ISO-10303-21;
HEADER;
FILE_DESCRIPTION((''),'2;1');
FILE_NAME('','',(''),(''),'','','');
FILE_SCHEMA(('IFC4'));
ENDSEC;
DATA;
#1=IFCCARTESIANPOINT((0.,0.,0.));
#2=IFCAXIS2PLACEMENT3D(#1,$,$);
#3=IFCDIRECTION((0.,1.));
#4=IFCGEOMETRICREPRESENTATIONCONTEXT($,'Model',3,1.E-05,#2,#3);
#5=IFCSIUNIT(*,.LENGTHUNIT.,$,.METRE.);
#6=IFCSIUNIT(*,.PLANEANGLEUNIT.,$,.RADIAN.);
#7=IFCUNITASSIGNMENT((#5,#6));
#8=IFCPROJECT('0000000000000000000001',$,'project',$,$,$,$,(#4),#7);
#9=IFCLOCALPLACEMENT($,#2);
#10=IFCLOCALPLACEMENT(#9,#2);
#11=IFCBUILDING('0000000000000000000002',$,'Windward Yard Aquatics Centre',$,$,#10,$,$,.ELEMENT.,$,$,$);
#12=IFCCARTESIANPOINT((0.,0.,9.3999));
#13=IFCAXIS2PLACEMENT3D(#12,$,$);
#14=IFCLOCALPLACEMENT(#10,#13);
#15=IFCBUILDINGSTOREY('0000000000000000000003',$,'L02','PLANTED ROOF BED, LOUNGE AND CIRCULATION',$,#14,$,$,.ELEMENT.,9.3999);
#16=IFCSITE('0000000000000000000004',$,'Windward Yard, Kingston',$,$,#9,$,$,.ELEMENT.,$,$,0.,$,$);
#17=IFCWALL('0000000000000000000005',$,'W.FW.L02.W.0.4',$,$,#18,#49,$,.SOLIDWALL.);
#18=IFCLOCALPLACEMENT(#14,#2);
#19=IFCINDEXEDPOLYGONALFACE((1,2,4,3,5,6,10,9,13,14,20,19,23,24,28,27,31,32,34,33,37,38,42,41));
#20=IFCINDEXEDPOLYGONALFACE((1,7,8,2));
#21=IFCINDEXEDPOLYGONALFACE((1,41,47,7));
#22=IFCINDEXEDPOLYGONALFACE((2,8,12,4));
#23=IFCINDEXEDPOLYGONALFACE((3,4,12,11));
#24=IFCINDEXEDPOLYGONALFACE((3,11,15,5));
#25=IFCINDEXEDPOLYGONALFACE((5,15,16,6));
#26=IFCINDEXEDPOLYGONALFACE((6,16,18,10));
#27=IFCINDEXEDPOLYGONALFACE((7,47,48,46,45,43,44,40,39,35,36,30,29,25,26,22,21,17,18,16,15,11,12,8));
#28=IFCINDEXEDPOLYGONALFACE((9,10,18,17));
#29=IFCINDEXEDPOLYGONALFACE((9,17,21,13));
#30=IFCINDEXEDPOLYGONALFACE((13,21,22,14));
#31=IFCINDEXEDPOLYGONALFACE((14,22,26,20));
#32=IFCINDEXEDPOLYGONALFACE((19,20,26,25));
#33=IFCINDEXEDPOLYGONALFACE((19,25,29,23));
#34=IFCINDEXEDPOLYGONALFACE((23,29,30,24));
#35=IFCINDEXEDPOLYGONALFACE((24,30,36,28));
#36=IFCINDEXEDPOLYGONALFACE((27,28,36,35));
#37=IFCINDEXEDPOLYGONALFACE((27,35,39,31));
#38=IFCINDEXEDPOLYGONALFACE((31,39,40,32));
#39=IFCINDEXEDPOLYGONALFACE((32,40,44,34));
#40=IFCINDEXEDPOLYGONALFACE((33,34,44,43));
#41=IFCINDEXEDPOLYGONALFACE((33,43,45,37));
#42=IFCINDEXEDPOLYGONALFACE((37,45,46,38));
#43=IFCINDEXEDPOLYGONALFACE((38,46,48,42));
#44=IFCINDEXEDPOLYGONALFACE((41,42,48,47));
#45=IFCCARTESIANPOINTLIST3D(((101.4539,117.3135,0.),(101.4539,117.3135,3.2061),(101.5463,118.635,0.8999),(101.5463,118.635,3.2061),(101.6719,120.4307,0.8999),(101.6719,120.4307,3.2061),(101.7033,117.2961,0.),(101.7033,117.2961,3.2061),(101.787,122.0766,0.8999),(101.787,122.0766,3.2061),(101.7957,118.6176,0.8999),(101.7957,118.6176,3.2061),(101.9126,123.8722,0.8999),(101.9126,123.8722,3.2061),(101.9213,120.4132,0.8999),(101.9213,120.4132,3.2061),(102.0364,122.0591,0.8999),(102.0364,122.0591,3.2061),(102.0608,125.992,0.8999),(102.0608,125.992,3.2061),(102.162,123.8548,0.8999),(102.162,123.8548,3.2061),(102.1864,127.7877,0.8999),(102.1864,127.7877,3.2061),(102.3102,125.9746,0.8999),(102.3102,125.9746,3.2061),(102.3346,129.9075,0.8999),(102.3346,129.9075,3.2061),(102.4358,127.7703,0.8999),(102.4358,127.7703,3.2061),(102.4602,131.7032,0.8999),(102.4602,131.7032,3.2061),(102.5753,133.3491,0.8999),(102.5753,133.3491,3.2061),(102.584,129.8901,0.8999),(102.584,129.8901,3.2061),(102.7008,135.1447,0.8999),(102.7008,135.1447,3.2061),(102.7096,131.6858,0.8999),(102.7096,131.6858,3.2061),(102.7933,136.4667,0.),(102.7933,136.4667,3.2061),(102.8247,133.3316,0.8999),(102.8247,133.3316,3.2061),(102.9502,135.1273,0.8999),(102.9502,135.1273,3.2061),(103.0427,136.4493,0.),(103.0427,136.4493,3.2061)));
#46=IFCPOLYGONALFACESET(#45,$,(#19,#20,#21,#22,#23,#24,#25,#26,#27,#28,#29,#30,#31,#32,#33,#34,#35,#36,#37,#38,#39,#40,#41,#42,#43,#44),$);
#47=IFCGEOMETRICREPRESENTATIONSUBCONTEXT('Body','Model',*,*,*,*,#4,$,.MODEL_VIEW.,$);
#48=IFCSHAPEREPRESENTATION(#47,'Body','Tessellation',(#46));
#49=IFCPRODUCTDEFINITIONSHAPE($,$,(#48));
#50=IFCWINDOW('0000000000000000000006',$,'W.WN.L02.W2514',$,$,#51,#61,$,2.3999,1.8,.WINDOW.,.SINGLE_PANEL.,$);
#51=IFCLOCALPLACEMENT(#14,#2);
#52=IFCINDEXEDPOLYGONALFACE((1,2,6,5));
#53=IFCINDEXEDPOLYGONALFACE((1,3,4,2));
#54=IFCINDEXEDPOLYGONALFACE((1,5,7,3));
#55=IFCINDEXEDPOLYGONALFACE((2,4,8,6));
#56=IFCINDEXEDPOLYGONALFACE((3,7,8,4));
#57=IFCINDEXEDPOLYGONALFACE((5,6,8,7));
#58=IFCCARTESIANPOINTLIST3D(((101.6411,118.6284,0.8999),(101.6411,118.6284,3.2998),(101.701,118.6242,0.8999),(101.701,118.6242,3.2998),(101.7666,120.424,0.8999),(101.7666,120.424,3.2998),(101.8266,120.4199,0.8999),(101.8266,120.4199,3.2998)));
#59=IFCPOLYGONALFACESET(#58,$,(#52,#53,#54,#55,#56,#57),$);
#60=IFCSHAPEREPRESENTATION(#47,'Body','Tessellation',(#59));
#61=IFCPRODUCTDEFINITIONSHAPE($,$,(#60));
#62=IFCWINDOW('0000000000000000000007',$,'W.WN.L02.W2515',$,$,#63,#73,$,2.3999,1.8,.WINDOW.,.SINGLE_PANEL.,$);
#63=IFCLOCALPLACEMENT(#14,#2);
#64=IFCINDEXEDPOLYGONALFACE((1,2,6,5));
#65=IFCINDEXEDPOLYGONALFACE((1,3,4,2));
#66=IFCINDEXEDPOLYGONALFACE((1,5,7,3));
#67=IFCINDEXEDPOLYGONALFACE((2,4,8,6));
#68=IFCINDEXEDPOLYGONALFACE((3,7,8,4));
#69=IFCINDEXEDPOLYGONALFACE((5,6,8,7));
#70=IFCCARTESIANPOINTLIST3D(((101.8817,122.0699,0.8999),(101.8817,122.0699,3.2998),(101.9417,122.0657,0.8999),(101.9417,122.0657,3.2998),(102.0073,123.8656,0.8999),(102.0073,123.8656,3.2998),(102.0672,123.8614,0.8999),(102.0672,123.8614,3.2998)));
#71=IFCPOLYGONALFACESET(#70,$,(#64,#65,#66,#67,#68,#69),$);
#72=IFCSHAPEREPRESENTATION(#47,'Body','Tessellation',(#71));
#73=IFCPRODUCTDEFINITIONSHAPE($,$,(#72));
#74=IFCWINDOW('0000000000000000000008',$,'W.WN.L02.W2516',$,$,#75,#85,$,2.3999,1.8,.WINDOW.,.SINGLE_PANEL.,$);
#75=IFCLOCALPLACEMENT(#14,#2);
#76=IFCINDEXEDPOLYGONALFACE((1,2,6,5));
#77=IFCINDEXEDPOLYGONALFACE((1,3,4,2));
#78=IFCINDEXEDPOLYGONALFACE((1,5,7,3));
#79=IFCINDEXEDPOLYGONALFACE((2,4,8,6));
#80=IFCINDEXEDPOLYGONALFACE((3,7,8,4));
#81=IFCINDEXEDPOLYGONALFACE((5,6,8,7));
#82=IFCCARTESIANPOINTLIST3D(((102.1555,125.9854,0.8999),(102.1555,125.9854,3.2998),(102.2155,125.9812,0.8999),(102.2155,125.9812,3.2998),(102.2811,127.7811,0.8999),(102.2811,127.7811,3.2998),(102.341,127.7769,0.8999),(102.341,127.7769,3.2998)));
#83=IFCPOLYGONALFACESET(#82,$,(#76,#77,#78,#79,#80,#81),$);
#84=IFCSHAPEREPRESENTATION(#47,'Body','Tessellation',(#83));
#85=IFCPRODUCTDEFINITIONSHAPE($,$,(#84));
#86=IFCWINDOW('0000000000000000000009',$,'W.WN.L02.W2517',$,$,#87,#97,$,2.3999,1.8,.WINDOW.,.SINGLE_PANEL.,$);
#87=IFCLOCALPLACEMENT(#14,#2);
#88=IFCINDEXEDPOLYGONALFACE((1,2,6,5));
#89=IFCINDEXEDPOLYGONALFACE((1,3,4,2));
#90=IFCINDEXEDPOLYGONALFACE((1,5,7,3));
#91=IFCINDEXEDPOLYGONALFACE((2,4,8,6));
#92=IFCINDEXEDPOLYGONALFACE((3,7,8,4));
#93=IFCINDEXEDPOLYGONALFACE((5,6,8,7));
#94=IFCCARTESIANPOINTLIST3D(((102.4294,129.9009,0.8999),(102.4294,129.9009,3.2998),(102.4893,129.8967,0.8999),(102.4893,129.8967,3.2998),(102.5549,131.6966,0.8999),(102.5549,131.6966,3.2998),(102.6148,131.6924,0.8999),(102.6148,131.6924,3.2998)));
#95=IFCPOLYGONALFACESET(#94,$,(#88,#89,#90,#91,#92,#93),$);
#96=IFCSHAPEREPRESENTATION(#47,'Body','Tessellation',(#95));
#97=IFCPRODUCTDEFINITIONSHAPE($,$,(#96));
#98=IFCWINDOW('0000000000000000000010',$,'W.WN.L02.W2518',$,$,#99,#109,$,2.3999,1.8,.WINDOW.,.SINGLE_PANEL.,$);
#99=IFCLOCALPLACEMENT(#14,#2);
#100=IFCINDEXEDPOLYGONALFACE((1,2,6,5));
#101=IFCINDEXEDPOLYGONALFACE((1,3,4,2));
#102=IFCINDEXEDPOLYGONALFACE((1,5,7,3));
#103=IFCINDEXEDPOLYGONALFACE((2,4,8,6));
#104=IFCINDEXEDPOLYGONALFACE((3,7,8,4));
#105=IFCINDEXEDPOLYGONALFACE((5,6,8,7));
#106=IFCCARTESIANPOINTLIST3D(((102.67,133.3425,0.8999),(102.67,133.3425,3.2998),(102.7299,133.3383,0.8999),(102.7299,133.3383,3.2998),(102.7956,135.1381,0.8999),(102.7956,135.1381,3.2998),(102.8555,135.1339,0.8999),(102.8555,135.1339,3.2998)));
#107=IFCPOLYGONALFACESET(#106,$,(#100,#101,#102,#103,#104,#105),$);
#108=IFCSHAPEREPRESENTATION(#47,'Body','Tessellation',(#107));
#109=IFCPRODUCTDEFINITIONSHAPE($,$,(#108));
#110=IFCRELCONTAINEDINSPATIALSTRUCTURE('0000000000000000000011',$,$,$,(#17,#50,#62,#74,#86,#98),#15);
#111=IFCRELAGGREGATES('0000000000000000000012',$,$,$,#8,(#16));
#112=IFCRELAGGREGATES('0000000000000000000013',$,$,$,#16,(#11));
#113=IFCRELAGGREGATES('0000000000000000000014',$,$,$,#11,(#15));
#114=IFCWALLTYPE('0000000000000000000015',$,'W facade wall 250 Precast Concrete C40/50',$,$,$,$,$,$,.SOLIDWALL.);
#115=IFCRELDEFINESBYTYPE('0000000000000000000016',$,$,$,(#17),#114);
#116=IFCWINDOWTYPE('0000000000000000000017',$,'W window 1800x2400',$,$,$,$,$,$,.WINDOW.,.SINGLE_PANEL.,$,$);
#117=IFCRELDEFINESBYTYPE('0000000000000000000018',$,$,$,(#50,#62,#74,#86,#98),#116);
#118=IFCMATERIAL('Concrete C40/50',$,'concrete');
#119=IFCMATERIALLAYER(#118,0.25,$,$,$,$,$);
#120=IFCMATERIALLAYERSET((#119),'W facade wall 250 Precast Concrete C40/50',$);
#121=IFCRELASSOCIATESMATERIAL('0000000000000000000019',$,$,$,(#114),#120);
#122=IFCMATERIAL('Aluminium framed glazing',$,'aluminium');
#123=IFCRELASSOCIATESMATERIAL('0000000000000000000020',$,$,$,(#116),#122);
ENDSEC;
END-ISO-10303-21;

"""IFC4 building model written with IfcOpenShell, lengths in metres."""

from ifc_helpers import new_model, si_unit, direction, frame, frame_2d, origin, place, context, subcontext, project, spatial, rectangle, extrude, material, layer, layer_set, type_object, element, fill, save


model = new_model("IFC4")

# Units and contexts
model_context = context("Model", 3, precision=1e-05, world=origin(), true_north=direction((0.0, 1.0)))
body_context = subcontext(model_context, "Body", "Model", "MODEL_VIEW")
ifc_project = project(units=[si_unit("LENGTHUNIT", "METRE"), si_unit("PLANEANGLEUNIT", "RADIAN")], contexts=[model_context])

# Site, building, storey
site_placement = place(None, origin())
site = spatial("IfcSite", under=ifc_project, at=site_placement, Name="Windward Yard, Kingston", CompositionType="ELEMENT", RefElevation=0.0)
building_placement = place(site_placement, origin())
building = spatial("IfcBuilding", under=site, at=building_placement, Name="Windward Yard Aquatics Centre", CompositionType="ELEMENT")
storey_placement = place(building_placement, frame((0.0, 0.0, 9.3999)))
storey = spatial("IfcBuildingStorey", under=building, at=storey_placement, Name="L02", Description="PLANTED ROOF BED, LOUNGE AND CIRCULATION", CompositionType="ELEMENT", Elevation=9.3999)

# Shared definitions
ifc_material_1 = material(Name="Concrete C40/50", Category="concrete")

# Shared definitions
ifc_layer_1 = layer(ifc_material_1, 0.25)
ifc_layer_set_1 = layer_set([ifc_layer_1], Name="W facade wall 250 Precast Concrete C40/50")
wall_type_1 = type_object("IfcWallType", Name="W facade wall 250 Precast Concrete C40/50", PredefinedType="SOLIDWALL", material=ifc_layer_set_1)

# Wall, openings, windows
wall_1_placement = place(storey_placement, frame((101.5786, 117.3047, 0.0), z_axis=(0.0, 0.0, 1.0), x_axis=(0.069759, 0.997564, 0.0)))
wall_1 = element("IfcWall", 1, at=wall_1_placement, inside=storey, type_object=wall_type_1, Name="W.FW.L02.W.0.4", PredefinedType="SOLIDWALL", context=body_context, shape_type="SweptSolid", body=[
    extrude(rectangle(XDim=19.2, YDim=0.25, at=frame_2d((9.6001, 0.0))), origin(), (0.0, 0.0, 1.0), 3.2061),
])
opening_1_placement = place(wall_1_placement, frame((1.325, 0.0, 0.8999)))
opening_1 = element("IfcOpeningElement", 2, at=opening_1_placement, cuts=wall_1, PredefinedType="OPENING", context=body_context, shape_type="SweptSolid", body=[
    extrude(rectangle(XDim=1.8, YDim=2.3999, at=frame_2d((0.8999, 1.2))), frame((0.0, 0.135, 0.0), z_axis=(0.0, -1.0, 0.0), x_axis=(1.0, 0.0, 0.0)), (0.0, 0.0, 1.0), 0.27),
])
opening_2_placement = place(wall_1_placement, frame((4.7749, 0.0, 0.8999)))
opening_2 = element("IfcOpeningElement", 3, at=opening_2_placement, cuts=wall_1, PredefinedType="OPENING", context=body_context, shape_type="SweptSolid", body=[
    extrude(rectangle(XDim=1.8, YDim=2.3999, at=frame_2d((0.8999, 1.2))), frame((0.0, 0.135, 0.0), z_axis=(0.0, -1.0, 0.0), x_axis=(1.0, 0.0, 0.0)), (0.0, 0.0, 1.0), 0.27),
])
opening_3_placement = place(wall_1_placement, frame((8.7, 0.0, 0.8999)))
opening_3 = element("IfcOpeningElement", 4, at=opening_3_placement, cuts=wall_1, PredefinedType="OPENING", context=body_context, shape_type="SweptSolid", body=[
    extrude(rectangle(XDim=1.8, YDim=2.3999, at=frame_2d((0.8999, 1.2))), frame((0.0, 0.135, 0.0), z_axis=(0.0, -1.0, 0.0), x_axis=(1.0, 0.0, 0.0)), (0.0, 0.0, 1.0), 0.27),
])
opening_4_placement = place(wall_1_placement, frame((12.625, 0.0, 0.8999)))
opening_4 = element("IfcOpeningElement", 5, at=opening_4_placement, cuts=wall_1, PredefinedType="OPENING", context=body_context, shape_type="SweptSolid", body=[
    extrude(rectangle(XDim=1.8, YDim=2.3999, at=frame_2d((0.8999, 1.2))), frame((0.0, 0.135, 0.0), z_axis=(0.0, -1.0, 0.0), x_axis=(1.0, 0.0, 0.0)), (0.0, 0.0, 1.0), 0.27),
])
opening_5_placement = place(wall_1_placement, frame((16.075, 0.0, 0.8999)))
opening_5 = element("IfcOpeningElement", 6, at=opening_5_placement, cuts=wall_1, PredefinedType="OPENING", context=body_context, shape_type="SweptSolid", body=[
    extrude(rectangle(XDim=1.8, YDim=2.3999, at=frame_2d((0.8999, 1.2))), frame((0.0, 0.135, 0.0), z_axis=(0.0, -1.0, 0.0), x_axis=(1.0, 0.0, 0.0)), (0.0, 0.0, 1.0), 0.27),
])
ifc_material_2 = material(Name="Aluminium framed glazing", Category="aluminium")
window_type = type_object("IfcWindowType", Name="W window 1800x2400", PartitioningType="SINGLE_PANEL", PredefinedType="WINDOW", material=ifc_material_2)
window_1_placement = place(opening_1_placement, origin())
window_1 = element("IfcWindow", 7, at=window_1_placement, inside=storey, type_object=window_type, Name="W.WN.L02.W2514", OverallHeight=2.3999, OverallWidth=1.8, PartitioningType="SINGLE_PANEL", PredefinedType="WINDOW", context=body_context, shape_type="SweptSolid", body=[
    extrude(rectangle(XDim=1.8, YDim=2.3999, at=frame_2d((0.8999, 1.2))), frame((0.0, 0.03, 0.0), z_axis=(0.0, -1.0, 0.0), x_axis=(1.0, 0.0, 0.0)), (0.0, 0.0, 1.0), 0.0601),
])
fill(opening_1, window_1)
window_2_placement = place(opening_2_placement, origin())
window_2 = element("IfcWindow", 8, at=window_2_placement, inside=storey, type_object=window_type, Name="W.WN.L02.W2515", OverallHeight=2.3999, OverallWidth=1.8, PartitioningType="SINGLE_PANEL", PredefinedType="WINDOW", context=body_context, shape_type="SweptSolid", body=[
    extrude(rectangle(XDim=1.8, YDim=2.3999, at=frame_2d((0.8999, 1.2))), frame((0.0, 0.03, 0.0), z_axis=(0.0, -1.0, 0.0), x_axis=(1.0, 0.0, 0.0)), (0.0, 0.0, 1.0), 0.0601),
])
fill(opening_2, window_2)
window_3_placement = place(opening_3_placement, origin())
window_3 = element("IfcWindow", 9, at=window_3_placement, inside=storey, type_object=window_type, Name="W.WN.L02.W2516", OverallHeight=2.3999, OverallWidth=1.8, PartitioningType="SINGLE_PANEL", PredefinedType="WINDOW", context=body_context, shape_type="SweptSolid", body=[
    extrude(rectangle(XDim=1.8, YDim=2.3999, at=frame_2d((0.8999, 1.2))), frame((0.0, 0.03, 0.0), z_axis=(0.0, -1.0, 0.0), x_axis=(1.0, 0.0, 0.0)), (0.0, 0.0, 1.0), 0.0601),
])
fill(opening_3, window_3)
window_4_placement = place(opening_4_placement, origin())
window_4 = element("IfcWindow", 10, at=window_4_placement, inside=storey, type_object=window_type, Name="W.WN.L02.W2517", OverallHeight=2.3999, OverallWidth=1.8, PartitioningType="SINGLE_PANEL", PredefinedType="WINDOW", context=body_context, shape_type="SweptSolid", body=[
    extrude(rectangle(XDim=1.8, YDim=2.3999, at=frame_2d((0.8999, 1.2))), frame((0.0, 0.03, 0.0), z_axis=(0.0, -1.0, 0.0), x_axis=(1.0, 0.0, 0.0)), (0.0, 0.0, 1.0), 0.0601),
])
fill(opening_4, window_4)
window_5_placement = place(opening_5_placement, origin())
window_5 = element("IfcWindow", 11, at=window_5_placement, inside=storey, type_object=window_type, Name="W.WN.L02.W2518", OverallHeight=2.3999, OverallWidth=1.8, PartitioningType="SINGLE_PANEL", PredefinedType="WINDOW", context=body_context, shape_type="SweptSolid", body=[
    extrude(rectangle(XDim=1.8, YDim=2.3999, at=frame_2d((0.8999, 1.2))), frame((0.0, 0.03, 0.0), z_axis=(0.0, -1.0, 0.0), x_axis=(1.0, 0.0, 0.0)), (0.0, 0.0, 1.0), 0.0601),
])
fill(opening_5, window_5)

save(model, "model.ifc")
